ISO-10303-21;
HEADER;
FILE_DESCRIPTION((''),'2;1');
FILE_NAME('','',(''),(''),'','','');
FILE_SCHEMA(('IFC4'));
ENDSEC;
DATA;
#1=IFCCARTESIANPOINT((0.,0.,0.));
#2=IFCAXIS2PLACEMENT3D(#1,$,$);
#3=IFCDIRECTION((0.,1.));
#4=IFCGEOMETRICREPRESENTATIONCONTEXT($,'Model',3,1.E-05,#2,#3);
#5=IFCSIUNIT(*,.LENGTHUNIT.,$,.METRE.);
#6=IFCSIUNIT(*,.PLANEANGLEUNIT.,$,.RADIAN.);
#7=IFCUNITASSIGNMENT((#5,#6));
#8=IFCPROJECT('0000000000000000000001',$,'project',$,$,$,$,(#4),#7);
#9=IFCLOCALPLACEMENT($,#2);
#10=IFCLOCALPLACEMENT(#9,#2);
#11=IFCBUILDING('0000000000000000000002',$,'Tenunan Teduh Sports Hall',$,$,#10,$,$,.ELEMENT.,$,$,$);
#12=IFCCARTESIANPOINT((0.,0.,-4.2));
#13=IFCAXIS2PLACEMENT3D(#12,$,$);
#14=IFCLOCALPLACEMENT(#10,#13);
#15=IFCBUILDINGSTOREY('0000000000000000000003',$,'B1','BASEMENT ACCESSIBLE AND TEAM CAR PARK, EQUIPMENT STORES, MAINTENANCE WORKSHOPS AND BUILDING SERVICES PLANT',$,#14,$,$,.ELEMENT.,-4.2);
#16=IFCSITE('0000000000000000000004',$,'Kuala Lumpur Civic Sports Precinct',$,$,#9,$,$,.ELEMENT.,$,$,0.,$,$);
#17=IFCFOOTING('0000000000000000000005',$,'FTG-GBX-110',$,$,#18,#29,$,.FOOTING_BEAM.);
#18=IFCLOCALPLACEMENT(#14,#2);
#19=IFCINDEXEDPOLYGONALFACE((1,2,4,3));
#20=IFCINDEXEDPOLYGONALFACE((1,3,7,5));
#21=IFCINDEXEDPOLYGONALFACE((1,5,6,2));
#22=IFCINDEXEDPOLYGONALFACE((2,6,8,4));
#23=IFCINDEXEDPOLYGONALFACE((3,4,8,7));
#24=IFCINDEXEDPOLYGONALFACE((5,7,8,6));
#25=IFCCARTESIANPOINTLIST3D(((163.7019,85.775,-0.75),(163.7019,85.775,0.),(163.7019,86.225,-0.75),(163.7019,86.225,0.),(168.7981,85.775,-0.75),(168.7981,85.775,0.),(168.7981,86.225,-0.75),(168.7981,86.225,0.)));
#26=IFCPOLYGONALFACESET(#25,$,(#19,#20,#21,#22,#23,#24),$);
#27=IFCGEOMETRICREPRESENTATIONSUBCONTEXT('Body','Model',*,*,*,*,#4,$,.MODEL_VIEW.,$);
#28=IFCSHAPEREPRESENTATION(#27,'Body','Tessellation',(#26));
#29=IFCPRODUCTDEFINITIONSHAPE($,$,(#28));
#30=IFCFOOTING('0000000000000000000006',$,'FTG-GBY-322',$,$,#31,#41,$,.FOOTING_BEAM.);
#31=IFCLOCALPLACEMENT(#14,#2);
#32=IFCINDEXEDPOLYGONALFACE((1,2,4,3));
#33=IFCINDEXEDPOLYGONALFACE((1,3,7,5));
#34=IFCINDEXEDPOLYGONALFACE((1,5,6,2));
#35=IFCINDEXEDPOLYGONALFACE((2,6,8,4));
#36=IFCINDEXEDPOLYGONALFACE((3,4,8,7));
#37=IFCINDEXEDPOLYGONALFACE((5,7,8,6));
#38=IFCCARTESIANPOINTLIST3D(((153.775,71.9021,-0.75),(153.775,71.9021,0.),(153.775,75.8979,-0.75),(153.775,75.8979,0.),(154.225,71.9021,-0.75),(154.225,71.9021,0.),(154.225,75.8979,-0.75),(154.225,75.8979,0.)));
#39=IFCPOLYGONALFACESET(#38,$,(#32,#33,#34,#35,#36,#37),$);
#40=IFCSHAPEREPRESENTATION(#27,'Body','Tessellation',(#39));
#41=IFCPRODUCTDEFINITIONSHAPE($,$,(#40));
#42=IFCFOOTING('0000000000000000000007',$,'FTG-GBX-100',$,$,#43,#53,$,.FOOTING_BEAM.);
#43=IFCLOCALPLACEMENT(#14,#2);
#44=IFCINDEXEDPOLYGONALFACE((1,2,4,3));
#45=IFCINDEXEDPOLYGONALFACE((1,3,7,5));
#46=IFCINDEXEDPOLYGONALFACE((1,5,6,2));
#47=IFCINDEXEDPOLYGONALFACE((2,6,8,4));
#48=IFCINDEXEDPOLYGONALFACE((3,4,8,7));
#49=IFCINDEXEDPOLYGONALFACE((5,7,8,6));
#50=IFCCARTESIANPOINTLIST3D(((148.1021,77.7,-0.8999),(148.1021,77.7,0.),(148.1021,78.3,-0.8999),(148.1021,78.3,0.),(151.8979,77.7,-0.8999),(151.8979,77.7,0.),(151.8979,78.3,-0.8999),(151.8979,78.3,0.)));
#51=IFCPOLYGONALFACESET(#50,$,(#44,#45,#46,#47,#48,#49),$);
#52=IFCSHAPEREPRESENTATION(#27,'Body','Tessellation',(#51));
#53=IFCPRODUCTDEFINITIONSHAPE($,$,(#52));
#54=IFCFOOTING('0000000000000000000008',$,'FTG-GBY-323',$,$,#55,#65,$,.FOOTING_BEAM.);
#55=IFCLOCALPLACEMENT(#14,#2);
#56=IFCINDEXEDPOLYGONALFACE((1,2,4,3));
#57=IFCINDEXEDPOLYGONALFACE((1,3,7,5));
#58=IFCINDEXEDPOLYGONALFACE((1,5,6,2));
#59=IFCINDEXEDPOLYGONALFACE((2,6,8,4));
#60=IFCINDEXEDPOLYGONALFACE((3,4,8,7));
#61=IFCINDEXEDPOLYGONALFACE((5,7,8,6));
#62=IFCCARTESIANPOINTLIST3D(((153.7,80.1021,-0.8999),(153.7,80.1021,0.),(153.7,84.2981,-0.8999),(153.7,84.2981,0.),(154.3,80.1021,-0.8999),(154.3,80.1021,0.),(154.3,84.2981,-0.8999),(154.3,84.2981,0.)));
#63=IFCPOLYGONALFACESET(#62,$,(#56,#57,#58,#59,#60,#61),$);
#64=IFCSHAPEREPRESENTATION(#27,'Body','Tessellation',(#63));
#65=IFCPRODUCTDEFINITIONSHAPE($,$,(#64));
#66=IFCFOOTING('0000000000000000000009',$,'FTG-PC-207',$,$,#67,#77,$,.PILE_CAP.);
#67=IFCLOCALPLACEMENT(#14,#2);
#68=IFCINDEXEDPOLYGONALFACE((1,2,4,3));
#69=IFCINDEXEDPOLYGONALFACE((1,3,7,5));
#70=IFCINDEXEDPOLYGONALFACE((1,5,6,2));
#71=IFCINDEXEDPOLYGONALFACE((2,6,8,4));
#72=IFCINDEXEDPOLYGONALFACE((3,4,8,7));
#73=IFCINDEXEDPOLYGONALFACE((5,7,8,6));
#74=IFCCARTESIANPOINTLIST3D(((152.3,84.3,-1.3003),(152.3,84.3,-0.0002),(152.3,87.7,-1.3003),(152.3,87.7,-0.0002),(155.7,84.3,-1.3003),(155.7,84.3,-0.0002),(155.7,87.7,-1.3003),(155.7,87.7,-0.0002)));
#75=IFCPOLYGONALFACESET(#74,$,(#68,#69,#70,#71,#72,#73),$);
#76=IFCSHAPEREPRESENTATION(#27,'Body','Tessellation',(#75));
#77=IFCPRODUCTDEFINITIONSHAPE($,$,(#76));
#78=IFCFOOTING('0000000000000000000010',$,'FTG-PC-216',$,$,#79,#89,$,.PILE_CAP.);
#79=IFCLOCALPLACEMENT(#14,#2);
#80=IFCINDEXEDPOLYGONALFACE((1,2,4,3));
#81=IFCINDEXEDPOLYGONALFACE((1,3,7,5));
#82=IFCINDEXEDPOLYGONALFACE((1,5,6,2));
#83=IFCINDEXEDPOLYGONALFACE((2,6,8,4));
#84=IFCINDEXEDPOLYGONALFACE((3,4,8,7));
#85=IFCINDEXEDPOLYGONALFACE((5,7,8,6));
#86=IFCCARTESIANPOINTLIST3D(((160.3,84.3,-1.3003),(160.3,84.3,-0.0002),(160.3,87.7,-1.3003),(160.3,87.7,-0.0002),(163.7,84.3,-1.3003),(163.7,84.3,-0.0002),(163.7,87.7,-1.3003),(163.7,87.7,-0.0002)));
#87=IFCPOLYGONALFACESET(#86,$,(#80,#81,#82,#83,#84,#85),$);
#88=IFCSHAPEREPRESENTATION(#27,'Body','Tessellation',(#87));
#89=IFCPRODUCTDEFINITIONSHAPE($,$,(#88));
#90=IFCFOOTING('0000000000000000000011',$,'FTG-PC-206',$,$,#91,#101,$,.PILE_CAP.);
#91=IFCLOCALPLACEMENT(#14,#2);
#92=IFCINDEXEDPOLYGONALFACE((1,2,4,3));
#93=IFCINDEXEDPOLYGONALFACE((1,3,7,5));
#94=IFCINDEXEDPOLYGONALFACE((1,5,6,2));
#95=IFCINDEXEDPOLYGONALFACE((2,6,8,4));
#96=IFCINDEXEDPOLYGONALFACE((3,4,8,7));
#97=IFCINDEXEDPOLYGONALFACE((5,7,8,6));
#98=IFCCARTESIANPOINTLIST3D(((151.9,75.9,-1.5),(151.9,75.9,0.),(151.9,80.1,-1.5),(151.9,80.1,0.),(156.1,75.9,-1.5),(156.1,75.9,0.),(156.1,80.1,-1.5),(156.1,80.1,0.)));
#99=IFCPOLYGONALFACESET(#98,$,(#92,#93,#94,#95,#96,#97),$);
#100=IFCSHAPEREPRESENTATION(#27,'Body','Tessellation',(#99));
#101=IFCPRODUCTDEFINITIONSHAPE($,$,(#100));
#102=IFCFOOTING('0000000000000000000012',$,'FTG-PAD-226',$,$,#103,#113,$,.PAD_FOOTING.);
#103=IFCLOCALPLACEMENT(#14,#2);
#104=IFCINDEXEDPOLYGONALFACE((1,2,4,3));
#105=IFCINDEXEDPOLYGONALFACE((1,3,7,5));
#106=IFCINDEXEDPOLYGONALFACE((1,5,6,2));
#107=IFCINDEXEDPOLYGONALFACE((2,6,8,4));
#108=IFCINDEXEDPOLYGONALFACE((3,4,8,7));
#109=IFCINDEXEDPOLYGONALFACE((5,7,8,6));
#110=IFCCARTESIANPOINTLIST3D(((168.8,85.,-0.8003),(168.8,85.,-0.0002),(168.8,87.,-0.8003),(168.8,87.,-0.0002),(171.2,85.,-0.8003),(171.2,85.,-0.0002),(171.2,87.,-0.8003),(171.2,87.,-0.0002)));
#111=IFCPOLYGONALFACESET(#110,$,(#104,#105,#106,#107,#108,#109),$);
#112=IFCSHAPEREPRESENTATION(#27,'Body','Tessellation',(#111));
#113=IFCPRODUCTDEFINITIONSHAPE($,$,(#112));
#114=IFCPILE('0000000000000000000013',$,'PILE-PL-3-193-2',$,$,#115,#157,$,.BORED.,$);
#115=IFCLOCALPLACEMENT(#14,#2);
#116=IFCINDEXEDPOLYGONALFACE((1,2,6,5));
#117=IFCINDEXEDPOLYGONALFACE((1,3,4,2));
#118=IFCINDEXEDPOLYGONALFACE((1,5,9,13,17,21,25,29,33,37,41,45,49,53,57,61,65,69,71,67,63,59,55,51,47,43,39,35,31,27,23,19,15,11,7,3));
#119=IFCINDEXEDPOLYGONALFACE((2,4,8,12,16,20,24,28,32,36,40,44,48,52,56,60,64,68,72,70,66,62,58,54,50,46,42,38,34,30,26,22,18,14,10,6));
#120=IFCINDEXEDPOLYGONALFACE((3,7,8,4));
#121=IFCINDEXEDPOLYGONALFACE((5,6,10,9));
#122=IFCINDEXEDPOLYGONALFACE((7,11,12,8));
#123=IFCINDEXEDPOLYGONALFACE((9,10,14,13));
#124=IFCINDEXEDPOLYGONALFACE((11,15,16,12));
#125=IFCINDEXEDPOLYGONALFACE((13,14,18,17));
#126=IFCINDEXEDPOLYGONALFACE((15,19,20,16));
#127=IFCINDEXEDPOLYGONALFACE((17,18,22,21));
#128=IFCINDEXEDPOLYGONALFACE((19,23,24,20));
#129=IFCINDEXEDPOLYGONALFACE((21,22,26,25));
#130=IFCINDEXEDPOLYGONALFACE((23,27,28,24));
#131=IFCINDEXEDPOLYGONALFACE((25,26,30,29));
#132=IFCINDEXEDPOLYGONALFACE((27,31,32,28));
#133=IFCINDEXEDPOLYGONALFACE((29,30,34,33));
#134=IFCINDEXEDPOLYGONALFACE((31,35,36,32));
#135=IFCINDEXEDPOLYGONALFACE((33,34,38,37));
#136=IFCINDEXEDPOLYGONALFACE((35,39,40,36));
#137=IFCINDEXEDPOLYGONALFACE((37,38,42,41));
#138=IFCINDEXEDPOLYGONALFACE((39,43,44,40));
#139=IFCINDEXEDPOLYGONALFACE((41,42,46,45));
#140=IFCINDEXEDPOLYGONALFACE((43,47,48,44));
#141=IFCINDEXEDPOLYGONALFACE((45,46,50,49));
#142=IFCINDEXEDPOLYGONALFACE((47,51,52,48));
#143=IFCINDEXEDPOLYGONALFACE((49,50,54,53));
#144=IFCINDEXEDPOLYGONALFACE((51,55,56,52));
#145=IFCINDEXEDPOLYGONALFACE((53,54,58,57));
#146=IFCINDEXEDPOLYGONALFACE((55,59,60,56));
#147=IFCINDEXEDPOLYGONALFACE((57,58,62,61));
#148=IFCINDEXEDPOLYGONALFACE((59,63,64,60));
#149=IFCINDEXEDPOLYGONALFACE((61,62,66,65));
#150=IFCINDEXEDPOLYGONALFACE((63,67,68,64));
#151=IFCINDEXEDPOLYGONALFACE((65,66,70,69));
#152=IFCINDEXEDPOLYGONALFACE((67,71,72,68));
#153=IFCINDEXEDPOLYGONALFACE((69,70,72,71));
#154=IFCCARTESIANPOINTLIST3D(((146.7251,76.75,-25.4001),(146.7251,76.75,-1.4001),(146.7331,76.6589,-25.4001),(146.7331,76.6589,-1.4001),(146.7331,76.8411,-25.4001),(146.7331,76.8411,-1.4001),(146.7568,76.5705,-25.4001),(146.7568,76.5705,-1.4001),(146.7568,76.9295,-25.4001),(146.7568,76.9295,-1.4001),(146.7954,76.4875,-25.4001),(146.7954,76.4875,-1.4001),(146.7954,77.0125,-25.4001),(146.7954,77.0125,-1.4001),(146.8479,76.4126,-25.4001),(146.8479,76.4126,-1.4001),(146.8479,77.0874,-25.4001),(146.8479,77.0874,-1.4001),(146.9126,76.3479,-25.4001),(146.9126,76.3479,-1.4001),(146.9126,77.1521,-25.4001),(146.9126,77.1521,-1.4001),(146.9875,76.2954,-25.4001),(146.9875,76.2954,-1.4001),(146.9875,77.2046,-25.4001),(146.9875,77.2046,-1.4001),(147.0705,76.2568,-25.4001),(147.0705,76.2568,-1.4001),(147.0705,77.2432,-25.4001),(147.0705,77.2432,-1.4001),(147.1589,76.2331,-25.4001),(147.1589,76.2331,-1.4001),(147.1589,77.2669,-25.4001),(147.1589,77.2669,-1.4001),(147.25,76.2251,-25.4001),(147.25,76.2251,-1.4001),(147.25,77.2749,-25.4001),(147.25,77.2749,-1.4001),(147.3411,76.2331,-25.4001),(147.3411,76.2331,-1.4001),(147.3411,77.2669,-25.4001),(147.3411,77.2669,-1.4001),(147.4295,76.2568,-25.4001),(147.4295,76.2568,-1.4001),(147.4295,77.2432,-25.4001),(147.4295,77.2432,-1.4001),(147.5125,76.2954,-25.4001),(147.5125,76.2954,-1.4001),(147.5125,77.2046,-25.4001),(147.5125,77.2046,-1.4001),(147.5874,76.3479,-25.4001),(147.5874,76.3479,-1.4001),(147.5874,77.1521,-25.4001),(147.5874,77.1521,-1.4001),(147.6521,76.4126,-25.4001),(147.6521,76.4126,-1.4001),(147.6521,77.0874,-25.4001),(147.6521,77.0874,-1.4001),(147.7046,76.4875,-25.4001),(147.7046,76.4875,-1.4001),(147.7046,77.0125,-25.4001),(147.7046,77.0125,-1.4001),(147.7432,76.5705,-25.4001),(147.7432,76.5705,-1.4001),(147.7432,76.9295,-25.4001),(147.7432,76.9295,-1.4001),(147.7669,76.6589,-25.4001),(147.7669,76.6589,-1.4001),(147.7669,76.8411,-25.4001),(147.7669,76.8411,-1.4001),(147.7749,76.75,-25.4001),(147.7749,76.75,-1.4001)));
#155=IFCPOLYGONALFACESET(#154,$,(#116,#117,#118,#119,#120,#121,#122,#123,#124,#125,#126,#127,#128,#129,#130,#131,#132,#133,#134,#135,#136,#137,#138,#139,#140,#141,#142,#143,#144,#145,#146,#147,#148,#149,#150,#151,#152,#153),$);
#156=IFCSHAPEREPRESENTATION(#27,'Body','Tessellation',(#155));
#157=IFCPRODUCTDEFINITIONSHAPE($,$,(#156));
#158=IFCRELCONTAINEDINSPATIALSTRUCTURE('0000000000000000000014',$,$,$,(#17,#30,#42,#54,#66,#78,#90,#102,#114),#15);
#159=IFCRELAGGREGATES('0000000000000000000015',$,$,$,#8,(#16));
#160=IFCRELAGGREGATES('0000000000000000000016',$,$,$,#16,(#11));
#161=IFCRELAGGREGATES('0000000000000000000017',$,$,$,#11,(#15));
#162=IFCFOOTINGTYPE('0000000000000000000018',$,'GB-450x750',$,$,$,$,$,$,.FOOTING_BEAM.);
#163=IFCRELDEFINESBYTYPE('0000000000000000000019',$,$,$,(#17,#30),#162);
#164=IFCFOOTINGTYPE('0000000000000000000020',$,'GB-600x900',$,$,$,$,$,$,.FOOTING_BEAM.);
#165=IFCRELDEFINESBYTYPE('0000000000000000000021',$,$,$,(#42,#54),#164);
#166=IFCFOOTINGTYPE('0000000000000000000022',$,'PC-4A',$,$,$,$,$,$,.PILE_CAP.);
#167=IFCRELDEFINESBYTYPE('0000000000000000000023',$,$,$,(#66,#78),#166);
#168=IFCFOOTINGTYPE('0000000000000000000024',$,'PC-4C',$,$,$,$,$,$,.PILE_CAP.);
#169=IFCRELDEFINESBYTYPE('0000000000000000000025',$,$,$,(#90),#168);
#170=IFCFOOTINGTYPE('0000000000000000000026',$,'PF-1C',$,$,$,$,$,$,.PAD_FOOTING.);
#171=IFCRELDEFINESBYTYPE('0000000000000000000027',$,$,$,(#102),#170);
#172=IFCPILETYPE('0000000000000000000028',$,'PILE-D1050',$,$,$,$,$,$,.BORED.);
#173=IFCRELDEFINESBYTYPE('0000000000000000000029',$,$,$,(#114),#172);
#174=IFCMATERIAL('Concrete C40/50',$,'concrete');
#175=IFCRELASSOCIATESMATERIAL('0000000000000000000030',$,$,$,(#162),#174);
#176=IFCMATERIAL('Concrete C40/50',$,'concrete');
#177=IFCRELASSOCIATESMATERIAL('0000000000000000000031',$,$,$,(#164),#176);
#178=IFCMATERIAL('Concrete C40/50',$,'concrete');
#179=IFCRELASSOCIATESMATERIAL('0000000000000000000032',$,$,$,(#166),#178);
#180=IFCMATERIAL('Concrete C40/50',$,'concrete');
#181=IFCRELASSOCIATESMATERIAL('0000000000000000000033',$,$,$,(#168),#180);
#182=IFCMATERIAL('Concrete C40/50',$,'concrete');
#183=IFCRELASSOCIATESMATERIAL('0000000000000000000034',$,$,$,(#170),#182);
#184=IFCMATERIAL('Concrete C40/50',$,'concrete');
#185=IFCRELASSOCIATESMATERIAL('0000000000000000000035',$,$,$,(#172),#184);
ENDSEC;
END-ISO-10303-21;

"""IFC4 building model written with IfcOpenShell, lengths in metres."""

from ifc_helpers import new_model, si_unit, direction, frame, origin, origin_2d, place, context, subcontext, project, spatial, rectangle, circle, extrude, material, material_profile, profile_set, type_object, element, save


model = new_model("IFC4")

# Units and contexts
model_context = context("Model", 3, precision=1e-05, world=origin(), true_north=direction((0.0, 1.0)))
body_context = subcontext(model_context, "Body", "Model", "MODEL_VIEW")
ifc_project = project(units=[si_unit("LENGTHUNIT", "METRE"), si_unit("PLANEANGLEUNIT", "RADIAN")], contexts=[model_context])

# Site, building, storey
site_placement = place(None, origin())
site = spatial("IfcSite", under=ifc_project, at=site_placement, Name="Kuala Lumpur Civic Sports Precinct", CompositionType="ELEMENT", RefElevation=0.0)
building_placement = place(site_placement, origin())
building = spatial("IfcBuilding", under=site, at=building_placement, Name="Tenunan Teduh Sports Hall", CompositionType="ELEMENT")
storey_placement = place(building_placement, frame((0.0, 0.0, -4.2)))
storey = spatial("IfcBuildingStorey", under=building, at=storey_placement, Name="B1", Description="BASEMENT ACCESSIBLE AND TEAM CAR PARK, EQUIPMENT STORES, MAINTENANCE WORKSHOPS AND BUILDING SERVICES PLANT", CompositionType="ELEMENT", Elevation=-4.2)

# Footings
ifc_material_1 = material(Name="Concrete C40/50", Category="concrete")
ifc_material_profile_1 = material_profile(ifc_material_1, rectangle(XDim=0.45, YDim=0.75, at=origin_2d()), Name="RCB 450x750")
ifc_profile_set_1 = profile_set([ifc_material_profile_1], Name="Concrete C40/50")
footing_type_1 = type_object("IfcFootingType", Name="GB-450x750", PredefinedType="FOOTING_BEAM", material=ifc_profile_set_1)
footing_1_placement = place(storey_placement, frame((163.7019, 86.0, -0.375), z_axis=(1.0, 0.0, 0.0), x_axis=(0.0, 1.0, 0.0)))
element("IfcFooting", 1, at=footing_1_placement, inside=storey, type_object=footing_type_1, Name="FTG-GBX-110", PredefinedType="FOOTING_BEAM", context=body_context, shape_type="SweptSolid", body=[
    extrude(rectangle(XDim=0.45, YDim=0.75, at=origin_2d()), origin(), (0.0, 0.0, 1.0), 5.0962),
])
footing_2_placement = place(storey_placement, frame((154.0, 71.9021, -0.375), z_axis=(0.0, 1.0, 0.0), x_axis=(-1.0, 0.0, 0.0)))
element("IfcFooting", 2, at=footing_2_placement, inside=storey, type_object=footing_type_1, Name="FTG-GBY-322", PredefinedType="FOOTING_BEAM", context=body_context, shape_type="SweptSolid", body=[
    extrude(rectangle(XDim=0.45, YDim=0.75, at=origin_2d()), origin(), (0.0, 0.0, 1.0), 3.9958),
])
ifc_material_2 = material(Name="Concrete C40/50", Category="concrete")
ifc_material_profile_2 = material_profile(ifc_material_2, rectangle(XDim=0.6001, YDim=0.8999, at=origin_2d()), Name="RCB 600x900")
ifc_profile_set_2 = profile_set([ifc_material_profile_2], Name="Concrete C40/50")
footing_type_2 = type_object("IfcFootingType", Name="GB-600x900", PredefinedType="FOOTING_BEAM", material=ifc_profile_set_2)
footing_3_placement = place(storey_placement, frame((148.1021, 78.0, -0.45), z_axis=(1.0, 0.0, 0.0), x_axis=(0.0, 1.0, 0.0)))
element("IfcFooting", 3, at=footing_3_placement, inside=storey, type_object=footing_type_2, Name="FTG-GBX-100", PredefinedType="FOOTING_BEAM", context=body_context, shape_type="SweptSolid", body=[
    extrude(rectangle(XDim=0.6001, YDim=0.8999, at=origin_2d()), origin(), (0.0, 0.0, 1.0), 3.7959),
])
footing_4_placement = place(storey_placement, frame((154.0, 80.1021, -0.45), z_axis=(0.0, 1.0, 0.0), x_axis=(-1.0, 0.0, 0.0)))
element("IfcFooting", 4, at=footing_4_placement, inside=storey, type_object=footing_type_2, Name="FTG-GBY-323", PredefinedType="FOOTING_BEAM", context=body_context, shape_type="SweptSolid", body=[
    extrude(rectangle(XDim=0.6001, YDim=0.8999, at=origin_2d()), origin(), (0.0, 0.0, 1.0), 4.196),
])
ifc_material_3 = material(Name="Concrete C40/50", Category="concrete")
footing_type_3 = type_object("IfcFootingType", Name="PC-4A", PredefinedType="PILE_CAP", material=ifc_material_3)
for number, where, z_axis, x_axis, name in (
    (5, (154.0, 86.0, -1.3003), (0.0, 0.0, 1.0), (1.0, 0.0, 0.0), "FTG-PC-207"),
    (6, (162.0, 86.0, -1.3003), (0.0, 0.0, 1.0), (1.0, 0.0, 0.0), "FTG-PC-216"),
):
    element("IfcFooting", number, at=place(storey_placement, frame(where, z_axis=z_axis, x_axis=x_axis)), inside=storey, type_object=footing_type_3, Name=name, PredefinedType="PILE_CAP", context=body_context, shape_type="SweptSolid", body=[
        extrude(rectangle(XDim=3.3999, YDim=3.3999, at=origin_2d()), origin(), (0.0, 0.0, 1.0), 1.3),
    ])
ifc_material_4 = material(Name="Concrete C40/50", Category="concrete")
footing_type_4 = type_object("IfcFootingType", Name="PC-4C", PredefinedType="PILE_CAP", material=ifc_material_4)
footing_5_placement = place(storey_placement, frame((154.0, 78.0, -1.5), z_axis=(0.0, 0.0, 1.0), x_axis=(1.0, 0.0, 0.0)))
element("IfcFooting", 7, at=footing_5_placement, inside=storey, type_object=footing_type_4, Name="FTG-PC-206", PredefinedType="PILE_CAP", context=body_context, shape_type="SweptSolid", body=[
    extrude(rectangle(XDim=4.2, YDim=4.2, at=origin_2d()), origin(), (0.0, 0.0, 1.0), 1.5),
])
ifc_material_5 = material(Name="Concrete C40/50", Category="concrete")
footing_type_5 = type_object("IfcFootingType", Name="PF-1C", PredefinedType="PAD_FOOTING", material=ifc_material_5)
footing_6_placement = place(storey_placement, frame((170.0, 86.0, -0.8003), z_axis=(0.0, 0.0, 1.0), x_axis=(1.0, 0.0, 0.0)))
element("IfcFooting", 8, at=footing_6_placement, inside=storey, type_object=footing_type_5, Name="FTG-PAD-226", PredefinedType="PAD_FOOTING", context=body_context, shape_type="SweptSolid", body=[
    extrude(rectangle(XDim=2.3999, YDim=2.0, at=origin_2d()), origin(), (0.0, 0.0, 1.0), 0.8),
])

# Pile
ifc_material_6 = material(Name="Concrete C40/50", Category="concrete")
ifc_material_profile_3 = material_profile(ifc_material_6, circle(Radius=0.5249, at=origin_2d()), Name="PILE D1050")
ifc_profile_set_3 = profile_set([ifc_material_profile_3], Name="Concrete C40/50")
pile_type_1 = type_object("IfcPileType", Name="PILE-D1050", PredefinedType="BORED", material=ifc_profile_set_3)
for number, where, z_axis, x_axis, name in (
    (9, (147.25, 76.75, -1.4001), (0.0, 0.0, -1.0), (1.0, 0.0, 0.0), "PILE-PL-3-193-2"),
):
    element("IfcPile", number, at=place(storey_placement, frame(where, z_axis=z_axis, x_axis=x_axis)), inside=storey, type_object=pile_type_1, Name=name, PredefinedType="BORED", context=body_context, shape_type="SweptSolid", body=[
        extrude(circle(Radius=0.5249, at=origin_2d()), origin(), (0.0, 0.0, 1.0), 24.0),
    ])

save(model, "model.ifc")
